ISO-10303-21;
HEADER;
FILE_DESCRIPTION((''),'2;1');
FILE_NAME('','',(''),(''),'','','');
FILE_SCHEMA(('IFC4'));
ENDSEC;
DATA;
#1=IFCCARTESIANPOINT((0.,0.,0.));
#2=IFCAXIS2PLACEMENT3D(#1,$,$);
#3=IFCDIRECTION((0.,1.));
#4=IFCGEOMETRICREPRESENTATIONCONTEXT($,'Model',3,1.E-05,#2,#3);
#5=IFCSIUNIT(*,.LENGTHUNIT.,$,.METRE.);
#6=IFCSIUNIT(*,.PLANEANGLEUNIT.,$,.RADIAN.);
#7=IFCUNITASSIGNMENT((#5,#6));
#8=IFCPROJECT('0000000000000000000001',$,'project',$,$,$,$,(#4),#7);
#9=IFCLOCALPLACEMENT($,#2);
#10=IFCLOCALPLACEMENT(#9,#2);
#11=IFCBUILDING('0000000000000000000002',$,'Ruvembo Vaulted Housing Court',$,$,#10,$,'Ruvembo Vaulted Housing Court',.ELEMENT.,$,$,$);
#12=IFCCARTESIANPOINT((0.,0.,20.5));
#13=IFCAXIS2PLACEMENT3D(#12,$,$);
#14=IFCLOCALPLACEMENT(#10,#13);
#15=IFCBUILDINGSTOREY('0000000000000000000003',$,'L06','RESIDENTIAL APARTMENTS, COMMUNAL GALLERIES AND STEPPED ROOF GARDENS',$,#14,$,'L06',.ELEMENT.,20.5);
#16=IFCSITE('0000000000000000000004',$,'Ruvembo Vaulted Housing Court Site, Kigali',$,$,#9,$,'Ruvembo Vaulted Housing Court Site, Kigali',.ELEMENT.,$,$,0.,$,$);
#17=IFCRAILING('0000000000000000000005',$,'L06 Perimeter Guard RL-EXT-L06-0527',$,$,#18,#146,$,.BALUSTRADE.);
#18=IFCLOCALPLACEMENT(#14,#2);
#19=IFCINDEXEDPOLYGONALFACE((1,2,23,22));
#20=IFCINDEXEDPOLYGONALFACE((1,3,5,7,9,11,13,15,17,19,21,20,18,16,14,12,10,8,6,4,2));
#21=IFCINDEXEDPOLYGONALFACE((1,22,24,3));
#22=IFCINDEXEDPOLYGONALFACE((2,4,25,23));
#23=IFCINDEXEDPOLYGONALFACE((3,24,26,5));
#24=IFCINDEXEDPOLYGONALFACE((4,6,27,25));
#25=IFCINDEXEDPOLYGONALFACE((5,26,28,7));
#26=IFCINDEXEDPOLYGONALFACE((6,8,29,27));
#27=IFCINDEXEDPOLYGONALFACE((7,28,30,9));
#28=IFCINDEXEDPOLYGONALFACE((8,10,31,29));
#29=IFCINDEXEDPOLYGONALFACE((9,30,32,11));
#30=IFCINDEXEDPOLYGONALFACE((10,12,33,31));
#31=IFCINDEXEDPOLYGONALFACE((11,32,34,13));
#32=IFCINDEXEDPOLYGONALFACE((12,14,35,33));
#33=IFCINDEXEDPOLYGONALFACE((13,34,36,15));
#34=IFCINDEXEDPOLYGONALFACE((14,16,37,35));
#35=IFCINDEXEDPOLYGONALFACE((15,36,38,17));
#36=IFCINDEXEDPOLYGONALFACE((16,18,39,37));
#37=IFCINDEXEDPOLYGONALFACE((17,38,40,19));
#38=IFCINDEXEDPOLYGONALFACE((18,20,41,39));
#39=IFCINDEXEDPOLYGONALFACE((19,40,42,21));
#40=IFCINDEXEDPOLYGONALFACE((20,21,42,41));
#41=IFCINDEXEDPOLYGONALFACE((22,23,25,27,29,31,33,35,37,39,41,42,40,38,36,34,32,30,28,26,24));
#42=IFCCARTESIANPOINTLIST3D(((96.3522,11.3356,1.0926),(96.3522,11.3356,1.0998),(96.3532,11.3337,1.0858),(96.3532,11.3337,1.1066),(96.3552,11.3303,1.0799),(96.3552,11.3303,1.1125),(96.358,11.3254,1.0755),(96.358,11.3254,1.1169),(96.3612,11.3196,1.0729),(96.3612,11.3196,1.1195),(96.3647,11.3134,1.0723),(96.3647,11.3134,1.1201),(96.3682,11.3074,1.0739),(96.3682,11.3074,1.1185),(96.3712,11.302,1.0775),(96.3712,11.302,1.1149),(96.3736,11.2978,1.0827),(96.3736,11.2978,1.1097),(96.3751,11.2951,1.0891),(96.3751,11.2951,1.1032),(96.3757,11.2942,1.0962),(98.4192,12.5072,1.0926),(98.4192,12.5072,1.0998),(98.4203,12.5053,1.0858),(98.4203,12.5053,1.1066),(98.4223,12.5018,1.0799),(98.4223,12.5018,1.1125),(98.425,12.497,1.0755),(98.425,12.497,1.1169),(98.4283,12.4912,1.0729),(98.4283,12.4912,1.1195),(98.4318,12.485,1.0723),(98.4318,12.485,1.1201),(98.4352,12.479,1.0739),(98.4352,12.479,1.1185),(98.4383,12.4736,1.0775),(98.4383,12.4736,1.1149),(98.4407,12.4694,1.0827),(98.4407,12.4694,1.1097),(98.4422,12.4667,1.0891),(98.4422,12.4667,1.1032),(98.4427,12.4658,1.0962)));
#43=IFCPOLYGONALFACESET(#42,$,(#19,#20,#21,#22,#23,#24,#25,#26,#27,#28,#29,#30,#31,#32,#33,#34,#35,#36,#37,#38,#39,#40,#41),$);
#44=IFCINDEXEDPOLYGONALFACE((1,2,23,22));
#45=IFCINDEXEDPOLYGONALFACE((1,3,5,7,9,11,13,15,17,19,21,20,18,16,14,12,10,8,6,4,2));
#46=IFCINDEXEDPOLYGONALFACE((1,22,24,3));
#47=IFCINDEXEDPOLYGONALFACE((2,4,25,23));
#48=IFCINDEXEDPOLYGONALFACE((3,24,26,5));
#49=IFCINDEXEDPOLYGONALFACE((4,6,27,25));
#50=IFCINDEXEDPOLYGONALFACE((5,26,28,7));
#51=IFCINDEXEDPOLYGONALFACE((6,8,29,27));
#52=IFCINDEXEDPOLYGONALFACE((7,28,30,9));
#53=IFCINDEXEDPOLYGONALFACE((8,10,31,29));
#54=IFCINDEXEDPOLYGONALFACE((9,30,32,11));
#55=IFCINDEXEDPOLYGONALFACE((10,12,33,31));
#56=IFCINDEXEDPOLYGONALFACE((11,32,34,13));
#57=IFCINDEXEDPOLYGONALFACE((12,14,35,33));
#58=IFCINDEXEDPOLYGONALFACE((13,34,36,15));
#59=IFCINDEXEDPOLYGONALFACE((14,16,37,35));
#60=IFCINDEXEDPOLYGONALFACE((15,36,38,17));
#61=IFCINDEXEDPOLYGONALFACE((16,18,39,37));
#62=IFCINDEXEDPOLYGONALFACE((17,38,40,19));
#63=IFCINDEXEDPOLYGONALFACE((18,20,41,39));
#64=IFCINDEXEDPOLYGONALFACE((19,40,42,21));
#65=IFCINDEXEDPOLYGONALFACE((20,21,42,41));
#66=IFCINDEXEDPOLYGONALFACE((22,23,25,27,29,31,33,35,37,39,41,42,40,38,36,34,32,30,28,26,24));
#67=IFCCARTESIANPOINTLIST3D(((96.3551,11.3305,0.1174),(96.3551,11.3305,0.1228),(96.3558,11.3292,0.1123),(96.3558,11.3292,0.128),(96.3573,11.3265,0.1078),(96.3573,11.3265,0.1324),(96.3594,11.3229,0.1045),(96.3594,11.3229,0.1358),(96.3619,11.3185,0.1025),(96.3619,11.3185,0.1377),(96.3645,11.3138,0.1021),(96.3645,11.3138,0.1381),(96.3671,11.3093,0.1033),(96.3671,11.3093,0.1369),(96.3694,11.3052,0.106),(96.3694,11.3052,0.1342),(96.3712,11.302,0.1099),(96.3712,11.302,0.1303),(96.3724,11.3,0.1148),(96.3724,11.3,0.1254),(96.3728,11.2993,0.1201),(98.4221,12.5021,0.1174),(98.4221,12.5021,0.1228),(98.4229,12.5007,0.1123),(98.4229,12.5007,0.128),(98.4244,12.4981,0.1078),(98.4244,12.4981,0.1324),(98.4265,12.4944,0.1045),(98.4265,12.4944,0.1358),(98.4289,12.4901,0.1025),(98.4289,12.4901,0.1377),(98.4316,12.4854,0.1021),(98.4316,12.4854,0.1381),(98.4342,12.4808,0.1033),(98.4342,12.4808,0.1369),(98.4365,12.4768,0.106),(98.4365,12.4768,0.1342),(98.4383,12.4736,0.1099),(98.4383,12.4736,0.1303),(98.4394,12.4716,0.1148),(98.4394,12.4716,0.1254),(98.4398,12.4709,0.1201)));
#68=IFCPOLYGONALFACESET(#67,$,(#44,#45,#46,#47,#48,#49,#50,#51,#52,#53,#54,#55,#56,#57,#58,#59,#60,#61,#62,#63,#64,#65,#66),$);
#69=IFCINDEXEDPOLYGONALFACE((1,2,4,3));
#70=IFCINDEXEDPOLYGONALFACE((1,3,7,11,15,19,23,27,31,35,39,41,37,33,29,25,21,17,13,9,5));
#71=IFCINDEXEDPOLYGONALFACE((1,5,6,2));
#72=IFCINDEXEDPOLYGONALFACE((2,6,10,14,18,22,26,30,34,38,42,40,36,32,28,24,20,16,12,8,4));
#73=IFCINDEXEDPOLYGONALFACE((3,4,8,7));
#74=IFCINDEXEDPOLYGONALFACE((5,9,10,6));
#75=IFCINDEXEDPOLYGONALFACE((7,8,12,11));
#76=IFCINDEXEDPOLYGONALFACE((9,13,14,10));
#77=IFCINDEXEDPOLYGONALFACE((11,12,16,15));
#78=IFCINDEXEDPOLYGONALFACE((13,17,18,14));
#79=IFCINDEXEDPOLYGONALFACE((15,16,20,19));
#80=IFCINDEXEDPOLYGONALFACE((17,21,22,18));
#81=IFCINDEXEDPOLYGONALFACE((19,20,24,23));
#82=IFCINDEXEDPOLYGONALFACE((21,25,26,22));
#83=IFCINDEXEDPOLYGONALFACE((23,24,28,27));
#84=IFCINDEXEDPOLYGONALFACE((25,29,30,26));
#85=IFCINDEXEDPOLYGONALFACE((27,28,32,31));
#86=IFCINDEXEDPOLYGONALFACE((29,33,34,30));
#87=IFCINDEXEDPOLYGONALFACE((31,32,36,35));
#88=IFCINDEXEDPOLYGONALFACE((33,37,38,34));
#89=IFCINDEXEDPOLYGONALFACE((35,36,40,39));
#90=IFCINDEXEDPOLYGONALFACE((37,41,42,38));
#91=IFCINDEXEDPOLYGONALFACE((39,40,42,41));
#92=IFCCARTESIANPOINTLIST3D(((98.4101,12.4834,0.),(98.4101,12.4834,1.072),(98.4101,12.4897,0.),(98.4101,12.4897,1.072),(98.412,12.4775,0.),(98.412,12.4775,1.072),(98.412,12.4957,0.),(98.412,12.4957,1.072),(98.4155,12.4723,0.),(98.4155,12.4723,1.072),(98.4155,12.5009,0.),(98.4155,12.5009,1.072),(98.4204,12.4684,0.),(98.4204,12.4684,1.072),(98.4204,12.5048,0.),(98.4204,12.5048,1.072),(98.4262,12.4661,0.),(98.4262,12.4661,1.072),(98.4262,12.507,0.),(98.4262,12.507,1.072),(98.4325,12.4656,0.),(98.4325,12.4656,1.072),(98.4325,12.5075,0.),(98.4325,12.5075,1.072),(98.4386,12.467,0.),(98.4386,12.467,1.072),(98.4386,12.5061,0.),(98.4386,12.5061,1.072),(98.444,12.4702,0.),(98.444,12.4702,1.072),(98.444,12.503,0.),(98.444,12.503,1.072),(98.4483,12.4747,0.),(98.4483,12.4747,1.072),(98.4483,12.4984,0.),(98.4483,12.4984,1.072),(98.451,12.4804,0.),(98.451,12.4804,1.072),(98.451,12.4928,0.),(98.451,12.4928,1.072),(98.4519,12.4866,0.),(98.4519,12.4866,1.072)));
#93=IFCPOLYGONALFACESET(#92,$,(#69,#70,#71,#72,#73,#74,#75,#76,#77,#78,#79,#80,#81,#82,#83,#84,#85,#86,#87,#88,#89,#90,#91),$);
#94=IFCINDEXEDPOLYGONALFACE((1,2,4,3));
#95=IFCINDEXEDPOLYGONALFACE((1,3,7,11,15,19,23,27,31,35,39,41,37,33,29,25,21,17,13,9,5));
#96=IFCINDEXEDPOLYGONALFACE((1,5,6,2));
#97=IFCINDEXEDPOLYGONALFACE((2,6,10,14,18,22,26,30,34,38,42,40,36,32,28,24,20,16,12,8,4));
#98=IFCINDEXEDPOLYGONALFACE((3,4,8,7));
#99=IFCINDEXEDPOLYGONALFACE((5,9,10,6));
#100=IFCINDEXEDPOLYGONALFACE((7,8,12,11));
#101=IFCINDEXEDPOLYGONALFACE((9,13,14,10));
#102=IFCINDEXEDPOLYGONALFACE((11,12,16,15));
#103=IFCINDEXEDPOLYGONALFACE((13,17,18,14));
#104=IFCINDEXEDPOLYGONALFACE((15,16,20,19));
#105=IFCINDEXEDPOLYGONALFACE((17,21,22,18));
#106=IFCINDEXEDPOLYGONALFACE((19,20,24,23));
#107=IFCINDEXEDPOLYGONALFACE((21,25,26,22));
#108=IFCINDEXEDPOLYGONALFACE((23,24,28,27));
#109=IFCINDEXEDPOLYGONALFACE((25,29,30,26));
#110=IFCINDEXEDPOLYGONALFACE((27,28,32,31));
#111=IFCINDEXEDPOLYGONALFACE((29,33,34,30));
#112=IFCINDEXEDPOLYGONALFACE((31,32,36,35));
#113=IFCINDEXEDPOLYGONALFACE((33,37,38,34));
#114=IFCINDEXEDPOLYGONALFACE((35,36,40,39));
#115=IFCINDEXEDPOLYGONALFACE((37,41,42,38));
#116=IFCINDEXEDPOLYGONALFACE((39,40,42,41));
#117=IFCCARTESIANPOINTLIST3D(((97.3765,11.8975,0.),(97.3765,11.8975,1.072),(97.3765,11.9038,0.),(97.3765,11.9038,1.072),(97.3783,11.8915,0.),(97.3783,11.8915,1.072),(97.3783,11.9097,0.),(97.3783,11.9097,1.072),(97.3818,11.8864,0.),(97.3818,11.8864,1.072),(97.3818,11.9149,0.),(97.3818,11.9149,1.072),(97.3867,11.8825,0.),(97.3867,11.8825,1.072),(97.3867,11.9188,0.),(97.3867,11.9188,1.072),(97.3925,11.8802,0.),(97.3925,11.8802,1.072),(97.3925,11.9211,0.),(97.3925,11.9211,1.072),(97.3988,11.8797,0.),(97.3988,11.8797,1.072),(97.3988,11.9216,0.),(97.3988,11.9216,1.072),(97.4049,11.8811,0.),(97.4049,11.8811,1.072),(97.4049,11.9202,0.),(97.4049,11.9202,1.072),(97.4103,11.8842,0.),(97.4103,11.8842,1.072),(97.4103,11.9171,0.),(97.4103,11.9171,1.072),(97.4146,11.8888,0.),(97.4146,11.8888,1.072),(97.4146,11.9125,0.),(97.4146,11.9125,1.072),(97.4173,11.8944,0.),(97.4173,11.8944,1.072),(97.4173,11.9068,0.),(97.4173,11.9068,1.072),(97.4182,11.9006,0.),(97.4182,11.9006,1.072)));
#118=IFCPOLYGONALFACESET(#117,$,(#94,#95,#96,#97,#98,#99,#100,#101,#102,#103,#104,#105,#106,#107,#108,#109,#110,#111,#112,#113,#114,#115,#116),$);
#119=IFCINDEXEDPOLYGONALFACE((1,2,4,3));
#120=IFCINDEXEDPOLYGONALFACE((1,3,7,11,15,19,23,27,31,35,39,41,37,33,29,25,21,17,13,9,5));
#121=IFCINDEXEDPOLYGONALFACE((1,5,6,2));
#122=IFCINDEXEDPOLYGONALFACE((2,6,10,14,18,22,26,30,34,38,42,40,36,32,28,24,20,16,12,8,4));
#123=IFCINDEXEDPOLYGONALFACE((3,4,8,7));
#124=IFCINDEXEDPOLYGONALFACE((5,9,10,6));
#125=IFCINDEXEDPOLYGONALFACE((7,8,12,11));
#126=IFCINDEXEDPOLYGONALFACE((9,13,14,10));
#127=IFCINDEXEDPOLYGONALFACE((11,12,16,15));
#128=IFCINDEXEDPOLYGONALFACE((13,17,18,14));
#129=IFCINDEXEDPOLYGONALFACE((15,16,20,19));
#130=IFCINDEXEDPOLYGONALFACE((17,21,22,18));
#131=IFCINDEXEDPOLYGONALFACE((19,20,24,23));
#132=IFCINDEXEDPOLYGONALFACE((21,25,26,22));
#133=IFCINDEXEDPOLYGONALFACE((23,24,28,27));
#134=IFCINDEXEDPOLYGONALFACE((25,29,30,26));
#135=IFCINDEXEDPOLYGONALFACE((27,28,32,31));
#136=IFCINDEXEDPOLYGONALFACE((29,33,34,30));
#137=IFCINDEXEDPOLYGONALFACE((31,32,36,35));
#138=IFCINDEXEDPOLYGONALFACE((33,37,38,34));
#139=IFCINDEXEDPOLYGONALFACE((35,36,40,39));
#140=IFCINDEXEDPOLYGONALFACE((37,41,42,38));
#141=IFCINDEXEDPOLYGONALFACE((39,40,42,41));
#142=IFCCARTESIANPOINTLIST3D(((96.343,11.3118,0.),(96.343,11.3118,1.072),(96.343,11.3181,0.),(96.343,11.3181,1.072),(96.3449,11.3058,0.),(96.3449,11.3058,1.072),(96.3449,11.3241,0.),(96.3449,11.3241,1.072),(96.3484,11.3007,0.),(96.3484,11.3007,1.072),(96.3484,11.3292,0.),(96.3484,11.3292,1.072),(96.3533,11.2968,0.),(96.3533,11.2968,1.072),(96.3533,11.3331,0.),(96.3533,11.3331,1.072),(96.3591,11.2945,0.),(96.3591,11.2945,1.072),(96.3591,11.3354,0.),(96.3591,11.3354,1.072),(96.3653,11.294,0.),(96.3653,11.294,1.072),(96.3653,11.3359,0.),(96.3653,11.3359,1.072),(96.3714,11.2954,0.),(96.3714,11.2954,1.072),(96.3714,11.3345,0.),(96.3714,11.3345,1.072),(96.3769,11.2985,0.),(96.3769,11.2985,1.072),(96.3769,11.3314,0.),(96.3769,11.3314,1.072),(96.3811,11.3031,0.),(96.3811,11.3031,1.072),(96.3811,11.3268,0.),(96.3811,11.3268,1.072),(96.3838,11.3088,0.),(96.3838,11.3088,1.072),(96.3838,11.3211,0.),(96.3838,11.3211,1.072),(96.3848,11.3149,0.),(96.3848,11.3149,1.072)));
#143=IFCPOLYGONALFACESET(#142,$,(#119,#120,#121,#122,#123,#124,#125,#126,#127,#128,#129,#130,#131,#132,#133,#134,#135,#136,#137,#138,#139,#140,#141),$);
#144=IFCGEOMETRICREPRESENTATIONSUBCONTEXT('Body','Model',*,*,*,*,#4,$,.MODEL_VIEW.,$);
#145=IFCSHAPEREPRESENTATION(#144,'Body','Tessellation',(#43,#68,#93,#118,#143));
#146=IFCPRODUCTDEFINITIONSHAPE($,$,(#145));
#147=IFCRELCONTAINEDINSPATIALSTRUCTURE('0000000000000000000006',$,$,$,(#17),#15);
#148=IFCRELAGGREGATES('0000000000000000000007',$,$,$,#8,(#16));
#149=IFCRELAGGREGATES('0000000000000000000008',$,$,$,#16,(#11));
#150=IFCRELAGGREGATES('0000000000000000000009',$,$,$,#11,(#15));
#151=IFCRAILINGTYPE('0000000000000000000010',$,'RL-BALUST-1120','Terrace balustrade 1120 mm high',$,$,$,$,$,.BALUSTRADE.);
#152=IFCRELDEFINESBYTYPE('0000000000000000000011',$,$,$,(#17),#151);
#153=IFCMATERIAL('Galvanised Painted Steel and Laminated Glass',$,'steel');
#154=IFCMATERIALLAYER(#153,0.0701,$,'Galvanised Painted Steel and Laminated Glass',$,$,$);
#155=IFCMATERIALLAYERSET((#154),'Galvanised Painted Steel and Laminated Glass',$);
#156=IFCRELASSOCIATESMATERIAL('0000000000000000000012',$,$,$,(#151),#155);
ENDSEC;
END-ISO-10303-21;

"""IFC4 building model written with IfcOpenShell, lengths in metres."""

from ifc_helpers import new_model, si_unit, direction, frame, origin, origin_2d, place, context, subcontext, project, spatial, circle, extrude, material, layer, layer_set, type_object, element, save


model = new_model("IFC4")

# Units and contexts
model_context = context("Model", 3, precision=1e-05, world=origin(), true_north=direction((0.0, 1.0)))
body_context = subcontext(model_context, "Body", "Model", "MODEL_VIEW")
ifc_project = project(units=[si_unit("LENGTHUNIT", "METRE"), si_unit("PLANEANGLEUNIT", "RADIAN")], contexts=[model_context])

# Site, building, storey
site_placement = place(None, origin())
site = spatial("IfcSite", under=ifc_project, at=site_placement, Name="Ruvembo Vaulted Housing Court Site, Kigali", LongName="Ruvembo Vaulted Housing Court Site, Kigali", CompositionType="ELEMENT", RefElevation=0.0)
building_placement = place(site_placement, origin())
building = spatial("IfcBuilding", under=site, at=building_placement, Name="Ruvembo Vaulted Housing Court", LongName="Ruvembo Vaulted Housing Court", CompositionType="ELEMENT")
storey_placement = place(building_placement, frame((0.0, 0.0, 20.5)))
storey = spatial("IfcBuildingStorey", under=building, at=storey_placement, Name="L06", Description="RESIDENTIAL APARTMENTS, COMMUNAL GALLERIES AND STEPPED ROOF GARDENS", LongName="L06", CompositionType="ELEMENT", Elevation=20.5)

# Railing
ifc_material_1 = material(Name="Galvanised Painted Steel and Laminated Glass", Category="steel")
ifc_layer_1 = layer(ifc_material_1, 0.0701, Name="Galvanised Painted Steel and Laminated Glass")
ifc_layer_set_1 = layer_set([ifc_layer_1], Name="Galvanised Painted Steel and Laminated Glass")
railing_type = type_object("IfcRailingType", Name="RL-BALUST-1120", Description="Terrace balustrade 1120 mm high", PredefinedType="BALUSTRADE", material=ifc_layer_set_1)
railing_1_placement = place(storey_placement, frame((98.4309, 12.4866, 0.0)))
element("IfcRailing", 1, at=railing_1_placement, inside=storey, type_object=railing_type, Name="L06 Perimeter Guard RL-EXT-L06-0527", PredefinedType="BALUSTRADE", context=body_context, shape_type="SweptSolid", body=[
    extrude(circle(Radius=0.0239, at=origin_2d()), frame((0.0, 0.0, 1.0962), z_axis=(-0.869977, -0.493093, 0.0), x_axis=(0.493093, -0.869977, 0.0)), (0.0, 0.0, 1.0), 2.376),
    extrude(circle(Radius=0.0181, at=origin_2d()), frame((0.0, 0.0, 0.1201), z_axis=(-0.869977, -0.493093, 0.0), x_axis=(0.493093, -0.869977, 0.0)), (0.0, 0.0, 1.0), 2.376),
    extrude(circle(Radius=0.021, at=origin_2d()), origin(), (0.0, 0.0, 1.0), 1.072),
    extrude(circle(Radius=0.021, at=origin_2d()), frame((-1.0337, -0.5859, 0.0)), (0.0, 0.0, 1.0), 1.072),
    extrude(circle(Radius=0.021, at=origin_2d()), frame((-2.0671, -1.1716, 0.0)), (0.0, 0.0, 1.0), 1.072),
])

save(model, "model.ifc")
